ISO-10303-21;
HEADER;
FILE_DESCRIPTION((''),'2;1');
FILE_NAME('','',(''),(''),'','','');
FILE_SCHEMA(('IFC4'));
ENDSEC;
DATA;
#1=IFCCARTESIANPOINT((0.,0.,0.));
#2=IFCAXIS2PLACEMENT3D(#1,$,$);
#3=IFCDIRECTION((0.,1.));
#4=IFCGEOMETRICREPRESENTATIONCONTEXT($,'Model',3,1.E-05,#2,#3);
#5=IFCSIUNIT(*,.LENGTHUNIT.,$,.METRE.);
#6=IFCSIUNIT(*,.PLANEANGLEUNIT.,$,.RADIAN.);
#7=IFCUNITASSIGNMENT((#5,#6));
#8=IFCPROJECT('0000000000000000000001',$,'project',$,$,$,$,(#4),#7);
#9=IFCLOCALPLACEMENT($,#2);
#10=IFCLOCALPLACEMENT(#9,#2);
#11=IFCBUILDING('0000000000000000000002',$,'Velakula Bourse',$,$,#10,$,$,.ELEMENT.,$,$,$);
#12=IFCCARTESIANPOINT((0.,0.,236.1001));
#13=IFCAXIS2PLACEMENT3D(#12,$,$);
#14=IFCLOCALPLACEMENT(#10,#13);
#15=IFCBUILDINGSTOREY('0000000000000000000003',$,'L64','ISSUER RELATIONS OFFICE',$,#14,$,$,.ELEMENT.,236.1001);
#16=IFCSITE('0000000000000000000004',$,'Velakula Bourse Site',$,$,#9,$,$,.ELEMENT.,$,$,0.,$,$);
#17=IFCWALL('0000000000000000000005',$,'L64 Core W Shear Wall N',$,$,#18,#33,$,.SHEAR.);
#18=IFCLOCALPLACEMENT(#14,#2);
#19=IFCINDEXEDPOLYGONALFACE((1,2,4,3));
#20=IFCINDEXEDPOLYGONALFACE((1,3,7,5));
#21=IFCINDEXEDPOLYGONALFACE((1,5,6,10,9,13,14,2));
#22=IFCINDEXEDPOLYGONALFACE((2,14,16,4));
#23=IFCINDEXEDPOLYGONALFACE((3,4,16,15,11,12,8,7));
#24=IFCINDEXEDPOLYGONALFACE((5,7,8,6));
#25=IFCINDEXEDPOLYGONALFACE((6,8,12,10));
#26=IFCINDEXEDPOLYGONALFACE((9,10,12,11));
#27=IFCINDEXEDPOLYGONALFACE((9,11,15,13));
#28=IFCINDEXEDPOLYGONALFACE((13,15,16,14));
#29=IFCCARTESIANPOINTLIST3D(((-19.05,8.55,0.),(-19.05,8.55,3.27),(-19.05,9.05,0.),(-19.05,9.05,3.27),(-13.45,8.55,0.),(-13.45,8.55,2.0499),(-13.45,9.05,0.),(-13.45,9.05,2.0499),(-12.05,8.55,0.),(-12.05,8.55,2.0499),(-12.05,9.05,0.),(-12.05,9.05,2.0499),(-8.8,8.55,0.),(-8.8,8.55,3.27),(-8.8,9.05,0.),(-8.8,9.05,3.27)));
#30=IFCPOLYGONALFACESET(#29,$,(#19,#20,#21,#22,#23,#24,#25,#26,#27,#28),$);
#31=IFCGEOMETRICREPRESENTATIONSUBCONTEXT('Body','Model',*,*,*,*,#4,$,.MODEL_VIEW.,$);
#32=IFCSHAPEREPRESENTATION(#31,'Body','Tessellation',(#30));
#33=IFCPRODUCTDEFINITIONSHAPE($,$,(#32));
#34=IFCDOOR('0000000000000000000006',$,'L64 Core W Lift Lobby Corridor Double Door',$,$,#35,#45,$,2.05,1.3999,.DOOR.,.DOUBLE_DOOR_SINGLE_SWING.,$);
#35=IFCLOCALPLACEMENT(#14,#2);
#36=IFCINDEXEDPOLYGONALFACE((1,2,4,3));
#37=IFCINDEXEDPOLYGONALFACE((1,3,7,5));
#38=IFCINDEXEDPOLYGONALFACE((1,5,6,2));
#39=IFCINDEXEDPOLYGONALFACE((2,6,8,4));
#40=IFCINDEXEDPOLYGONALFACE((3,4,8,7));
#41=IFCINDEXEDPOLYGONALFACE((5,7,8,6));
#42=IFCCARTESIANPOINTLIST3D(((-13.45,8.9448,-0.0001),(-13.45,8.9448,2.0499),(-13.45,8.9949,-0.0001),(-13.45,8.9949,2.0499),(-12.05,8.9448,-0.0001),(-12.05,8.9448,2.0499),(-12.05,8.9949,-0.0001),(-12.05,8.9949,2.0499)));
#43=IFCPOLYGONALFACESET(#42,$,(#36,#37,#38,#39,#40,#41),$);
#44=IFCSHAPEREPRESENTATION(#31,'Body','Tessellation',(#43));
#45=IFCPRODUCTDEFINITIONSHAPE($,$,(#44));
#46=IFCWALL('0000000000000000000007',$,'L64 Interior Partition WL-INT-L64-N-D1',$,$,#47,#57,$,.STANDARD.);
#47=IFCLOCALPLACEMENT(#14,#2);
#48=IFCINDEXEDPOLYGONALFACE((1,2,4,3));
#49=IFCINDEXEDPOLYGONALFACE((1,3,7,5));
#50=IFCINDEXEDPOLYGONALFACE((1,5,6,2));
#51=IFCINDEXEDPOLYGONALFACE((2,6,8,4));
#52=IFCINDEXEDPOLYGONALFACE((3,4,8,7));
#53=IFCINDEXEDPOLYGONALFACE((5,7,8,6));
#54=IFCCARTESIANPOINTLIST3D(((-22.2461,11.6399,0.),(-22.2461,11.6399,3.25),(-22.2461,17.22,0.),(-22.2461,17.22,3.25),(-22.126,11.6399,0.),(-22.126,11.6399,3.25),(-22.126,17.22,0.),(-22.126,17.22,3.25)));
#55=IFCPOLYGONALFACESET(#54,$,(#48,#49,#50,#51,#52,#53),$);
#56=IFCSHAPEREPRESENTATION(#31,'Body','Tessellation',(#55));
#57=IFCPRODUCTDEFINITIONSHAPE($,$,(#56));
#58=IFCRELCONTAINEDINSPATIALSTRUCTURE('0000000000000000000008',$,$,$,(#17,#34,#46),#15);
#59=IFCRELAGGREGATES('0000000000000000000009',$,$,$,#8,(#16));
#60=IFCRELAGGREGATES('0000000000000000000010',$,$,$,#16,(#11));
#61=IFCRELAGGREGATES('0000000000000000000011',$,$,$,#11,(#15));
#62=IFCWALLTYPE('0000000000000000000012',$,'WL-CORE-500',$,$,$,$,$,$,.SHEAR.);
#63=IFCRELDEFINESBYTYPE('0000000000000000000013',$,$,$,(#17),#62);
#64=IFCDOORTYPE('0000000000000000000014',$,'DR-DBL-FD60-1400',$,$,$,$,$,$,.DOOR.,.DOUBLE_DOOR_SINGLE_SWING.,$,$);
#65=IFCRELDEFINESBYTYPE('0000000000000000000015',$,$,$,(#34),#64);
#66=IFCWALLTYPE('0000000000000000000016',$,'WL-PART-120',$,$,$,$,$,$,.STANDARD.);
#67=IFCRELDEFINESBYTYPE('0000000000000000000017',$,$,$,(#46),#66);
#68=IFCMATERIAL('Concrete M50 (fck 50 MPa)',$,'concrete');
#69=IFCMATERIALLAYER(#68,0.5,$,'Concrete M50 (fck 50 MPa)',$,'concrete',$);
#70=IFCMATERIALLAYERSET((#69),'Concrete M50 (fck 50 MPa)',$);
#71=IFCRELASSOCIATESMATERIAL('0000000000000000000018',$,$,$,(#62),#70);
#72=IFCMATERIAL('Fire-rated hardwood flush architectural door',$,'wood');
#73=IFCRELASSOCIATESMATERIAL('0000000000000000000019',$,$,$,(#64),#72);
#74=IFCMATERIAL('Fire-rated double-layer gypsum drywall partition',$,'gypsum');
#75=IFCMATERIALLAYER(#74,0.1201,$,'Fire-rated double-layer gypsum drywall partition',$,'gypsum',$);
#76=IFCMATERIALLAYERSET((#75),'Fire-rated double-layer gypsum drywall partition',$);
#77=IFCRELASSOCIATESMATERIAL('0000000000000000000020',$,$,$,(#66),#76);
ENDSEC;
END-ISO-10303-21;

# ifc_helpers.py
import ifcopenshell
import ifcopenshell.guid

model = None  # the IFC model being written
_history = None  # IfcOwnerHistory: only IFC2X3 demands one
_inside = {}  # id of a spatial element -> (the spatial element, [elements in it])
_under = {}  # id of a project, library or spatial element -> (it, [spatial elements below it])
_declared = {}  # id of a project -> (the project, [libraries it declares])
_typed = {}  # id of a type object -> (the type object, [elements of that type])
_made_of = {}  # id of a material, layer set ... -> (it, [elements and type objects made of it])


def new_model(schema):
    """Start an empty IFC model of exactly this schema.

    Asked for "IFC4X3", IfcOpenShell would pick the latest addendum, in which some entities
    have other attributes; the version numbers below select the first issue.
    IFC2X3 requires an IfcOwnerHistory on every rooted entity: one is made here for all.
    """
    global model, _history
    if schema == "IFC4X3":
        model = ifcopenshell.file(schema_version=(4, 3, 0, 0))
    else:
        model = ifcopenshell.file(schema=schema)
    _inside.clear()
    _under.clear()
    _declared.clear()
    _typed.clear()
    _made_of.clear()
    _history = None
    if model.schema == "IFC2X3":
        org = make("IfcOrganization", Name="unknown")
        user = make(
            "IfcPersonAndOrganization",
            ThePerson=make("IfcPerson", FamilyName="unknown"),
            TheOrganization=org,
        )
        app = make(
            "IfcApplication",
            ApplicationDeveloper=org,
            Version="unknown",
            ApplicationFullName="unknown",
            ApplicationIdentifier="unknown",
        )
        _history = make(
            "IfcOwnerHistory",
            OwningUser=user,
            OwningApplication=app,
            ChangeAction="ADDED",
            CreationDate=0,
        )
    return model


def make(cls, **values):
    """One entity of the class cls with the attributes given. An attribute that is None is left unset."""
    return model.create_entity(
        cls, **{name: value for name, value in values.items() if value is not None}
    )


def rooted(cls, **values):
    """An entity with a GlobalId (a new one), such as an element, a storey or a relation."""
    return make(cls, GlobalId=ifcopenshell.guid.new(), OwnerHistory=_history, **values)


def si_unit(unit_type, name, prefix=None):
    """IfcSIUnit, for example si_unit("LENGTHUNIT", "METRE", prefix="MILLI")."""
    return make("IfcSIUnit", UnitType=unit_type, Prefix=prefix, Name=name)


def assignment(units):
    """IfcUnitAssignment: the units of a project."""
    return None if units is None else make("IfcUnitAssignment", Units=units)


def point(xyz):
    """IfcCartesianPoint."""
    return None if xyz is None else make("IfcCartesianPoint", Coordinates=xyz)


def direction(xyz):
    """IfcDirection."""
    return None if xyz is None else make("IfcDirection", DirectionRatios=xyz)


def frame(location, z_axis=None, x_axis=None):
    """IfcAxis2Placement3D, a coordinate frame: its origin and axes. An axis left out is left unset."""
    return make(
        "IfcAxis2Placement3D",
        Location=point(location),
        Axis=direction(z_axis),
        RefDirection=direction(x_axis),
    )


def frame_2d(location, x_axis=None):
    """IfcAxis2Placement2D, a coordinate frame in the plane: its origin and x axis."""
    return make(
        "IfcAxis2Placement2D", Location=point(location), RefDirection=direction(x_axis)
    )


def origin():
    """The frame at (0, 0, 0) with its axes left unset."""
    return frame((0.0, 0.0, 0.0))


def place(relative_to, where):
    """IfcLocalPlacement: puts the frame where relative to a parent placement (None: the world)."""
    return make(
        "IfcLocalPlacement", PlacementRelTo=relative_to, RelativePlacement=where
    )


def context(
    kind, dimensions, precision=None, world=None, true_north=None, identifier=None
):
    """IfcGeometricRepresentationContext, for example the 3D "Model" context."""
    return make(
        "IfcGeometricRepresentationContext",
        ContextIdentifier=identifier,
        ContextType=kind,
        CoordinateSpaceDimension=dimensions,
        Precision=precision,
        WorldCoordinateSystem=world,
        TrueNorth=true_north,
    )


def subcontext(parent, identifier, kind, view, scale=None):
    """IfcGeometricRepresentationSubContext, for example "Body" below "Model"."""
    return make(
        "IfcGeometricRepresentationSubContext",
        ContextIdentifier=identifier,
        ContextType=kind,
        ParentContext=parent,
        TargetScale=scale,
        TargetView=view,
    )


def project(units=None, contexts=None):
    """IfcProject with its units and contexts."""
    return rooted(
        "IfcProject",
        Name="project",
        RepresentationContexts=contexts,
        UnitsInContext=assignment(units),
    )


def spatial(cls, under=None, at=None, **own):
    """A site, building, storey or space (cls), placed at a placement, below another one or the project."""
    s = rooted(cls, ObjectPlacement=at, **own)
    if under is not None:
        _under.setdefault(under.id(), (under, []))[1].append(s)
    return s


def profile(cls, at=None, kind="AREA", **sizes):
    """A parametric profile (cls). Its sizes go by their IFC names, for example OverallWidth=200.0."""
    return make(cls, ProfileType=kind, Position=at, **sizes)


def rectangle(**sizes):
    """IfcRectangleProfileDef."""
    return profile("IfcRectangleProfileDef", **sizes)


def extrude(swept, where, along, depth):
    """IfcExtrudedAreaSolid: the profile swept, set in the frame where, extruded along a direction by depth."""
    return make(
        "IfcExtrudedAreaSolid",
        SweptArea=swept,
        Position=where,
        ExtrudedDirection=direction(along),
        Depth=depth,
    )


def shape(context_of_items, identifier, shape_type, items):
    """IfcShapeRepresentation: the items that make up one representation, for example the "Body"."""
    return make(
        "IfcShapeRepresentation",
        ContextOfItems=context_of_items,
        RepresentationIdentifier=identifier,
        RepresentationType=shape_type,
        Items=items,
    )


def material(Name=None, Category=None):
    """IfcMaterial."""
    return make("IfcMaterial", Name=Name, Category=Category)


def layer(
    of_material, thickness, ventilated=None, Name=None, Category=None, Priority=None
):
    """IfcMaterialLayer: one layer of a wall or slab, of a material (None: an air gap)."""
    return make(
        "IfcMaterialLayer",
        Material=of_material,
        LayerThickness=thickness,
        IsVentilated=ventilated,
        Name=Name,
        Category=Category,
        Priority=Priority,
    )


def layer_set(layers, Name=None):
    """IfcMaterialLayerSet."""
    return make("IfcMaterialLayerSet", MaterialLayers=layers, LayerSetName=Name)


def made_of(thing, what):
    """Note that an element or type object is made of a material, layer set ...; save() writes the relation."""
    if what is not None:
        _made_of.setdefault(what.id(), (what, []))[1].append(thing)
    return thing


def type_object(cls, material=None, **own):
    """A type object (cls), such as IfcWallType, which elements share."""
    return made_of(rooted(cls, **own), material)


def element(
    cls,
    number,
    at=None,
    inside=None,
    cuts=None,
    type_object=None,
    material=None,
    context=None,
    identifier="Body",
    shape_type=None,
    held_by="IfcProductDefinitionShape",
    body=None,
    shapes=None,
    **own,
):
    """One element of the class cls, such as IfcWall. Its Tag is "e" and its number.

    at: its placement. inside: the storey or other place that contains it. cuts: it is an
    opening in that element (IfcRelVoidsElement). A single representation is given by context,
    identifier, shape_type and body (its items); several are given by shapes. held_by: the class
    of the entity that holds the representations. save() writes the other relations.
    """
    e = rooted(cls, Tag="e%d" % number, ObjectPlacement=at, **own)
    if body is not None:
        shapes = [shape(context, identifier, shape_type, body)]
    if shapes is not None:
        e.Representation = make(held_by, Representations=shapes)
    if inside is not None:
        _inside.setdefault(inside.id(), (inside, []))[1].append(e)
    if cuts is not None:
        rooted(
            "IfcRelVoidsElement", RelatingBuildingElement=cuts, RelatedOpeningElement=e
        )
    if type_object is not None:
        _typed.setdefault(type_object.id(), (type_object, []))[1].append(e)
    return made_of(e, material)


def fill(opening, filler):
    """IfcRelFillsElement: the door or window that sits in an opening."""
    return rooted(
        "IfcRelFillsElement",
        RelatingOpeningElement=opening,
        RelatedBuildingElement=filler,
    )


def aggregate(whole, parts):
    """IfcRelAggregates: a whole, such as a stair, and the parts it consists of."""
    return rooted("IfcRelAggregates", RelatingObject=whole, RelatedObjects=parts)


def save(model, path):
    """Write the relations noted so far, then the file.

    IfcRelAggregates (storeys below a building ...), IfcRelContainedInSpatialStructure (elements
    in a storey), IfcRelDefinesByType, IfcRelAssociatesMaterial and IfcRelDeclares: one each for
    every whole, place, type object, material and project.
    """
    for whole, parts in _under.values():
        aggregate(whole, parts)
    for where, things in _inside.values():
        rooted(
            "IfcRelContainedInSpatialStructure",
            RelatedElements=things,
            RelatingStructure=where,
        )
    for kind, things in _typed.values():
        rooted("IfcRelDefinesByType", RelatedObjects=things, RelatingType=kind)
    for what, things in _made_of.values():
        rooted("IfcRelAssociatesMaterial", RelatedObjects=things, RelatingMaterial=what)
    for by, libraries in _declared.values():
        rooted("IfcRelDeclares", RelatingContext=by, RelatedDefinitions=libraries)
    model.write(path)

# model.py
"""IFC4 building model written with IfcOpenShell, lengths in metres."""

from ifc_helpers import new_model, si_unit, direction, frame, frame_2d, origin, place, context, subcontext, project, spatial, rectangle, extrude, material, layer, layer_set, type_object, element, fill, save


model = new_model("IFC4")

# Units and contexts
model_context = context("Model", 3, precision=1e-05, world=origin(), true_north=direction((0.0, 1.0)))
body_context = subcontext(model_context, "Body", "Model", "MODEL_VIEW")
ifc_project = project(units=[si_unit("LENGTHUNIT", "METRE"), si_unit("PLANEANGLEUNIT", "RADIAN")], contexts=[model_context])

# Site, building, storey
site_placement = place(None, origin())
site = spatial("IfcSite", under=ifc_project, at=site_placement, Name="Velakula Bourse Site", CompositionType="ELEMENT", RefElevation=0.0)
building_placement = place(site_placement, origin())
building = spatial("IfcBuilding", under=site, at=building_placement, Name="Velakula Bourse", CompositionType="ELEMENT")
storey_placement = place(building_placement, frame((0.0, 0.0, 236.1001)))
storey = spatial("IfcBuildingStorey", under=building, at=storey_placement, Name="L64", Description="ISSUER RELATIONS OFFICE", CompositionType="ELEMENT", Elevation=236.1001)

# Wall, opening, door
ifc_material_1 = material(Name="Concrete M50 (fck 50 MPa)", Category="concrete")
ifc_layer_1 = layer(ifc_material_1, 0.5, Name="Concrete M50 (fck 50 MPa)", Category="concrete")
ifc_layer_set_1 = layer_set([ifc_layer_1], Name="Concrete M50 (fck 50 MPa)")
wall_type_1 = type_object("IfcWallType", Name="WL-CORE-500", PredefinedType="SHEAR", material=ifc_layer_set_1)
wall_1_placement = place(storey_placement, frame((-19.05, 8.8, 0.0), z_axis=(0.0, 0.0, 1.0), x_axis=(1.0, 0.0, 0.0)))
wall_1 = element("IfcWall", 1, at=wall_1_placement, inside=storey, type_object=wall_type_1, Name="L64 Core W Shear Wall N", PredefinedType="SHEAR", context=body_context, shape_type="SweptSolid", body=[
    extrude(rectangle(XDim=10.25, YDim=0.5, at=frame_2d((5.125, 0.0))), origin(), (0.0, 0.0, 1.0), 3.27),
])
opening_placement = place(wall_1_placement, frame((5.6001, 0.0, 0.0)))
opening = element("IfcOpeningElement", 2, at=opening_placement, cuts=wall_1, PredefinedType="OPENING", context=body_context, shape_type="SweptSolid", body=[
    extrude(rectangle(XDim=1.3999, YDim=2.05, at=frame_2d((0.7, 1.0249))), frame((0.0, 0.26, 0.0), z_axis=(0.0, -1.0, 0.0), x_axis=(1.0, 0.0, 0.0)), (0.0, 0.0, 1.0), 0.52),
])
ifc_material_2 = material(Name="Fire-rated hardwood flush architectural door", Category="wood")
door_type = type_object("IfcDoorType", Name="DR-DBL-FD60-1400", OperationType="DOUBLE_DOOR_SINGLE_SWING", PredefinedType="DOOR", material=ifc_material_2)
door_placement = place(opening_placement, origin())
door = element("IfcDoor", 3, at=door_placement, inside=storey, type_object=door_type, Name="L64 Core W Lift Lobby Corridor Double Door", OperationType="DOUBLE_DOOR_SINGLE_SWING", OverallHeight=2.05, OverallWidth=1.3999, PredefinedType="DOOR", context=body_context, shape_type="SweptSolid", body=[
    extrude(rectangle(XDim=1.3999, YDim=2.05, at=frame_2d((0.7, 1.0249))), frame((0.0, 0.1948, 0.0), z_axis=(0.0, -1.0, 0.0), x_axis=(1.0, 0.0, 0.0)), (0.0, 0.0, 1.0), 0.05),
])
fill(opening, door)

# Wall
ifc_material_3 = material(Name="Fire-rated double-layer gypsum drywall partition", Category="gypsum")
ifc_layer_2 = layer(ifc_material_3, 0.1201, Name="Fire-rated double-layer gypsum drywall partition", Category="gypsum")
ifc_layer_set_2 = layer_set([ifc_layer_2], Name="Fire-rated double-layer gypsum drywall partition")
wall_type_2 = type_object("IfcWallType", Name="WL-PART-120", PredefinedType="STANDARD", material=ifc_layer_set_2)
wall_2_placement = place(storey_placement, frame((-22.186, 11.6399, 0.0), z_axis=(0.0, 0.0, 1.0), x_axis=(0.0, 1.0, 0.0)))
element("IfcWall", 4, at=wall_2_placement, inside=storey, type_object=wall_type_2, Name="L64 Interior Partition WL-INT-L64-N-D1", PredefinedType="STANDARD", context=body_context, shape_type="SweptSolid", body=[
    extrude(rectangle(XDim=5.5801, YDim=0.1201, at=frame_2d((2.79, 0.0))), origin(), (0.0, 0.0, 1.0), 3.25),
])

save(model, "model.ifc")
